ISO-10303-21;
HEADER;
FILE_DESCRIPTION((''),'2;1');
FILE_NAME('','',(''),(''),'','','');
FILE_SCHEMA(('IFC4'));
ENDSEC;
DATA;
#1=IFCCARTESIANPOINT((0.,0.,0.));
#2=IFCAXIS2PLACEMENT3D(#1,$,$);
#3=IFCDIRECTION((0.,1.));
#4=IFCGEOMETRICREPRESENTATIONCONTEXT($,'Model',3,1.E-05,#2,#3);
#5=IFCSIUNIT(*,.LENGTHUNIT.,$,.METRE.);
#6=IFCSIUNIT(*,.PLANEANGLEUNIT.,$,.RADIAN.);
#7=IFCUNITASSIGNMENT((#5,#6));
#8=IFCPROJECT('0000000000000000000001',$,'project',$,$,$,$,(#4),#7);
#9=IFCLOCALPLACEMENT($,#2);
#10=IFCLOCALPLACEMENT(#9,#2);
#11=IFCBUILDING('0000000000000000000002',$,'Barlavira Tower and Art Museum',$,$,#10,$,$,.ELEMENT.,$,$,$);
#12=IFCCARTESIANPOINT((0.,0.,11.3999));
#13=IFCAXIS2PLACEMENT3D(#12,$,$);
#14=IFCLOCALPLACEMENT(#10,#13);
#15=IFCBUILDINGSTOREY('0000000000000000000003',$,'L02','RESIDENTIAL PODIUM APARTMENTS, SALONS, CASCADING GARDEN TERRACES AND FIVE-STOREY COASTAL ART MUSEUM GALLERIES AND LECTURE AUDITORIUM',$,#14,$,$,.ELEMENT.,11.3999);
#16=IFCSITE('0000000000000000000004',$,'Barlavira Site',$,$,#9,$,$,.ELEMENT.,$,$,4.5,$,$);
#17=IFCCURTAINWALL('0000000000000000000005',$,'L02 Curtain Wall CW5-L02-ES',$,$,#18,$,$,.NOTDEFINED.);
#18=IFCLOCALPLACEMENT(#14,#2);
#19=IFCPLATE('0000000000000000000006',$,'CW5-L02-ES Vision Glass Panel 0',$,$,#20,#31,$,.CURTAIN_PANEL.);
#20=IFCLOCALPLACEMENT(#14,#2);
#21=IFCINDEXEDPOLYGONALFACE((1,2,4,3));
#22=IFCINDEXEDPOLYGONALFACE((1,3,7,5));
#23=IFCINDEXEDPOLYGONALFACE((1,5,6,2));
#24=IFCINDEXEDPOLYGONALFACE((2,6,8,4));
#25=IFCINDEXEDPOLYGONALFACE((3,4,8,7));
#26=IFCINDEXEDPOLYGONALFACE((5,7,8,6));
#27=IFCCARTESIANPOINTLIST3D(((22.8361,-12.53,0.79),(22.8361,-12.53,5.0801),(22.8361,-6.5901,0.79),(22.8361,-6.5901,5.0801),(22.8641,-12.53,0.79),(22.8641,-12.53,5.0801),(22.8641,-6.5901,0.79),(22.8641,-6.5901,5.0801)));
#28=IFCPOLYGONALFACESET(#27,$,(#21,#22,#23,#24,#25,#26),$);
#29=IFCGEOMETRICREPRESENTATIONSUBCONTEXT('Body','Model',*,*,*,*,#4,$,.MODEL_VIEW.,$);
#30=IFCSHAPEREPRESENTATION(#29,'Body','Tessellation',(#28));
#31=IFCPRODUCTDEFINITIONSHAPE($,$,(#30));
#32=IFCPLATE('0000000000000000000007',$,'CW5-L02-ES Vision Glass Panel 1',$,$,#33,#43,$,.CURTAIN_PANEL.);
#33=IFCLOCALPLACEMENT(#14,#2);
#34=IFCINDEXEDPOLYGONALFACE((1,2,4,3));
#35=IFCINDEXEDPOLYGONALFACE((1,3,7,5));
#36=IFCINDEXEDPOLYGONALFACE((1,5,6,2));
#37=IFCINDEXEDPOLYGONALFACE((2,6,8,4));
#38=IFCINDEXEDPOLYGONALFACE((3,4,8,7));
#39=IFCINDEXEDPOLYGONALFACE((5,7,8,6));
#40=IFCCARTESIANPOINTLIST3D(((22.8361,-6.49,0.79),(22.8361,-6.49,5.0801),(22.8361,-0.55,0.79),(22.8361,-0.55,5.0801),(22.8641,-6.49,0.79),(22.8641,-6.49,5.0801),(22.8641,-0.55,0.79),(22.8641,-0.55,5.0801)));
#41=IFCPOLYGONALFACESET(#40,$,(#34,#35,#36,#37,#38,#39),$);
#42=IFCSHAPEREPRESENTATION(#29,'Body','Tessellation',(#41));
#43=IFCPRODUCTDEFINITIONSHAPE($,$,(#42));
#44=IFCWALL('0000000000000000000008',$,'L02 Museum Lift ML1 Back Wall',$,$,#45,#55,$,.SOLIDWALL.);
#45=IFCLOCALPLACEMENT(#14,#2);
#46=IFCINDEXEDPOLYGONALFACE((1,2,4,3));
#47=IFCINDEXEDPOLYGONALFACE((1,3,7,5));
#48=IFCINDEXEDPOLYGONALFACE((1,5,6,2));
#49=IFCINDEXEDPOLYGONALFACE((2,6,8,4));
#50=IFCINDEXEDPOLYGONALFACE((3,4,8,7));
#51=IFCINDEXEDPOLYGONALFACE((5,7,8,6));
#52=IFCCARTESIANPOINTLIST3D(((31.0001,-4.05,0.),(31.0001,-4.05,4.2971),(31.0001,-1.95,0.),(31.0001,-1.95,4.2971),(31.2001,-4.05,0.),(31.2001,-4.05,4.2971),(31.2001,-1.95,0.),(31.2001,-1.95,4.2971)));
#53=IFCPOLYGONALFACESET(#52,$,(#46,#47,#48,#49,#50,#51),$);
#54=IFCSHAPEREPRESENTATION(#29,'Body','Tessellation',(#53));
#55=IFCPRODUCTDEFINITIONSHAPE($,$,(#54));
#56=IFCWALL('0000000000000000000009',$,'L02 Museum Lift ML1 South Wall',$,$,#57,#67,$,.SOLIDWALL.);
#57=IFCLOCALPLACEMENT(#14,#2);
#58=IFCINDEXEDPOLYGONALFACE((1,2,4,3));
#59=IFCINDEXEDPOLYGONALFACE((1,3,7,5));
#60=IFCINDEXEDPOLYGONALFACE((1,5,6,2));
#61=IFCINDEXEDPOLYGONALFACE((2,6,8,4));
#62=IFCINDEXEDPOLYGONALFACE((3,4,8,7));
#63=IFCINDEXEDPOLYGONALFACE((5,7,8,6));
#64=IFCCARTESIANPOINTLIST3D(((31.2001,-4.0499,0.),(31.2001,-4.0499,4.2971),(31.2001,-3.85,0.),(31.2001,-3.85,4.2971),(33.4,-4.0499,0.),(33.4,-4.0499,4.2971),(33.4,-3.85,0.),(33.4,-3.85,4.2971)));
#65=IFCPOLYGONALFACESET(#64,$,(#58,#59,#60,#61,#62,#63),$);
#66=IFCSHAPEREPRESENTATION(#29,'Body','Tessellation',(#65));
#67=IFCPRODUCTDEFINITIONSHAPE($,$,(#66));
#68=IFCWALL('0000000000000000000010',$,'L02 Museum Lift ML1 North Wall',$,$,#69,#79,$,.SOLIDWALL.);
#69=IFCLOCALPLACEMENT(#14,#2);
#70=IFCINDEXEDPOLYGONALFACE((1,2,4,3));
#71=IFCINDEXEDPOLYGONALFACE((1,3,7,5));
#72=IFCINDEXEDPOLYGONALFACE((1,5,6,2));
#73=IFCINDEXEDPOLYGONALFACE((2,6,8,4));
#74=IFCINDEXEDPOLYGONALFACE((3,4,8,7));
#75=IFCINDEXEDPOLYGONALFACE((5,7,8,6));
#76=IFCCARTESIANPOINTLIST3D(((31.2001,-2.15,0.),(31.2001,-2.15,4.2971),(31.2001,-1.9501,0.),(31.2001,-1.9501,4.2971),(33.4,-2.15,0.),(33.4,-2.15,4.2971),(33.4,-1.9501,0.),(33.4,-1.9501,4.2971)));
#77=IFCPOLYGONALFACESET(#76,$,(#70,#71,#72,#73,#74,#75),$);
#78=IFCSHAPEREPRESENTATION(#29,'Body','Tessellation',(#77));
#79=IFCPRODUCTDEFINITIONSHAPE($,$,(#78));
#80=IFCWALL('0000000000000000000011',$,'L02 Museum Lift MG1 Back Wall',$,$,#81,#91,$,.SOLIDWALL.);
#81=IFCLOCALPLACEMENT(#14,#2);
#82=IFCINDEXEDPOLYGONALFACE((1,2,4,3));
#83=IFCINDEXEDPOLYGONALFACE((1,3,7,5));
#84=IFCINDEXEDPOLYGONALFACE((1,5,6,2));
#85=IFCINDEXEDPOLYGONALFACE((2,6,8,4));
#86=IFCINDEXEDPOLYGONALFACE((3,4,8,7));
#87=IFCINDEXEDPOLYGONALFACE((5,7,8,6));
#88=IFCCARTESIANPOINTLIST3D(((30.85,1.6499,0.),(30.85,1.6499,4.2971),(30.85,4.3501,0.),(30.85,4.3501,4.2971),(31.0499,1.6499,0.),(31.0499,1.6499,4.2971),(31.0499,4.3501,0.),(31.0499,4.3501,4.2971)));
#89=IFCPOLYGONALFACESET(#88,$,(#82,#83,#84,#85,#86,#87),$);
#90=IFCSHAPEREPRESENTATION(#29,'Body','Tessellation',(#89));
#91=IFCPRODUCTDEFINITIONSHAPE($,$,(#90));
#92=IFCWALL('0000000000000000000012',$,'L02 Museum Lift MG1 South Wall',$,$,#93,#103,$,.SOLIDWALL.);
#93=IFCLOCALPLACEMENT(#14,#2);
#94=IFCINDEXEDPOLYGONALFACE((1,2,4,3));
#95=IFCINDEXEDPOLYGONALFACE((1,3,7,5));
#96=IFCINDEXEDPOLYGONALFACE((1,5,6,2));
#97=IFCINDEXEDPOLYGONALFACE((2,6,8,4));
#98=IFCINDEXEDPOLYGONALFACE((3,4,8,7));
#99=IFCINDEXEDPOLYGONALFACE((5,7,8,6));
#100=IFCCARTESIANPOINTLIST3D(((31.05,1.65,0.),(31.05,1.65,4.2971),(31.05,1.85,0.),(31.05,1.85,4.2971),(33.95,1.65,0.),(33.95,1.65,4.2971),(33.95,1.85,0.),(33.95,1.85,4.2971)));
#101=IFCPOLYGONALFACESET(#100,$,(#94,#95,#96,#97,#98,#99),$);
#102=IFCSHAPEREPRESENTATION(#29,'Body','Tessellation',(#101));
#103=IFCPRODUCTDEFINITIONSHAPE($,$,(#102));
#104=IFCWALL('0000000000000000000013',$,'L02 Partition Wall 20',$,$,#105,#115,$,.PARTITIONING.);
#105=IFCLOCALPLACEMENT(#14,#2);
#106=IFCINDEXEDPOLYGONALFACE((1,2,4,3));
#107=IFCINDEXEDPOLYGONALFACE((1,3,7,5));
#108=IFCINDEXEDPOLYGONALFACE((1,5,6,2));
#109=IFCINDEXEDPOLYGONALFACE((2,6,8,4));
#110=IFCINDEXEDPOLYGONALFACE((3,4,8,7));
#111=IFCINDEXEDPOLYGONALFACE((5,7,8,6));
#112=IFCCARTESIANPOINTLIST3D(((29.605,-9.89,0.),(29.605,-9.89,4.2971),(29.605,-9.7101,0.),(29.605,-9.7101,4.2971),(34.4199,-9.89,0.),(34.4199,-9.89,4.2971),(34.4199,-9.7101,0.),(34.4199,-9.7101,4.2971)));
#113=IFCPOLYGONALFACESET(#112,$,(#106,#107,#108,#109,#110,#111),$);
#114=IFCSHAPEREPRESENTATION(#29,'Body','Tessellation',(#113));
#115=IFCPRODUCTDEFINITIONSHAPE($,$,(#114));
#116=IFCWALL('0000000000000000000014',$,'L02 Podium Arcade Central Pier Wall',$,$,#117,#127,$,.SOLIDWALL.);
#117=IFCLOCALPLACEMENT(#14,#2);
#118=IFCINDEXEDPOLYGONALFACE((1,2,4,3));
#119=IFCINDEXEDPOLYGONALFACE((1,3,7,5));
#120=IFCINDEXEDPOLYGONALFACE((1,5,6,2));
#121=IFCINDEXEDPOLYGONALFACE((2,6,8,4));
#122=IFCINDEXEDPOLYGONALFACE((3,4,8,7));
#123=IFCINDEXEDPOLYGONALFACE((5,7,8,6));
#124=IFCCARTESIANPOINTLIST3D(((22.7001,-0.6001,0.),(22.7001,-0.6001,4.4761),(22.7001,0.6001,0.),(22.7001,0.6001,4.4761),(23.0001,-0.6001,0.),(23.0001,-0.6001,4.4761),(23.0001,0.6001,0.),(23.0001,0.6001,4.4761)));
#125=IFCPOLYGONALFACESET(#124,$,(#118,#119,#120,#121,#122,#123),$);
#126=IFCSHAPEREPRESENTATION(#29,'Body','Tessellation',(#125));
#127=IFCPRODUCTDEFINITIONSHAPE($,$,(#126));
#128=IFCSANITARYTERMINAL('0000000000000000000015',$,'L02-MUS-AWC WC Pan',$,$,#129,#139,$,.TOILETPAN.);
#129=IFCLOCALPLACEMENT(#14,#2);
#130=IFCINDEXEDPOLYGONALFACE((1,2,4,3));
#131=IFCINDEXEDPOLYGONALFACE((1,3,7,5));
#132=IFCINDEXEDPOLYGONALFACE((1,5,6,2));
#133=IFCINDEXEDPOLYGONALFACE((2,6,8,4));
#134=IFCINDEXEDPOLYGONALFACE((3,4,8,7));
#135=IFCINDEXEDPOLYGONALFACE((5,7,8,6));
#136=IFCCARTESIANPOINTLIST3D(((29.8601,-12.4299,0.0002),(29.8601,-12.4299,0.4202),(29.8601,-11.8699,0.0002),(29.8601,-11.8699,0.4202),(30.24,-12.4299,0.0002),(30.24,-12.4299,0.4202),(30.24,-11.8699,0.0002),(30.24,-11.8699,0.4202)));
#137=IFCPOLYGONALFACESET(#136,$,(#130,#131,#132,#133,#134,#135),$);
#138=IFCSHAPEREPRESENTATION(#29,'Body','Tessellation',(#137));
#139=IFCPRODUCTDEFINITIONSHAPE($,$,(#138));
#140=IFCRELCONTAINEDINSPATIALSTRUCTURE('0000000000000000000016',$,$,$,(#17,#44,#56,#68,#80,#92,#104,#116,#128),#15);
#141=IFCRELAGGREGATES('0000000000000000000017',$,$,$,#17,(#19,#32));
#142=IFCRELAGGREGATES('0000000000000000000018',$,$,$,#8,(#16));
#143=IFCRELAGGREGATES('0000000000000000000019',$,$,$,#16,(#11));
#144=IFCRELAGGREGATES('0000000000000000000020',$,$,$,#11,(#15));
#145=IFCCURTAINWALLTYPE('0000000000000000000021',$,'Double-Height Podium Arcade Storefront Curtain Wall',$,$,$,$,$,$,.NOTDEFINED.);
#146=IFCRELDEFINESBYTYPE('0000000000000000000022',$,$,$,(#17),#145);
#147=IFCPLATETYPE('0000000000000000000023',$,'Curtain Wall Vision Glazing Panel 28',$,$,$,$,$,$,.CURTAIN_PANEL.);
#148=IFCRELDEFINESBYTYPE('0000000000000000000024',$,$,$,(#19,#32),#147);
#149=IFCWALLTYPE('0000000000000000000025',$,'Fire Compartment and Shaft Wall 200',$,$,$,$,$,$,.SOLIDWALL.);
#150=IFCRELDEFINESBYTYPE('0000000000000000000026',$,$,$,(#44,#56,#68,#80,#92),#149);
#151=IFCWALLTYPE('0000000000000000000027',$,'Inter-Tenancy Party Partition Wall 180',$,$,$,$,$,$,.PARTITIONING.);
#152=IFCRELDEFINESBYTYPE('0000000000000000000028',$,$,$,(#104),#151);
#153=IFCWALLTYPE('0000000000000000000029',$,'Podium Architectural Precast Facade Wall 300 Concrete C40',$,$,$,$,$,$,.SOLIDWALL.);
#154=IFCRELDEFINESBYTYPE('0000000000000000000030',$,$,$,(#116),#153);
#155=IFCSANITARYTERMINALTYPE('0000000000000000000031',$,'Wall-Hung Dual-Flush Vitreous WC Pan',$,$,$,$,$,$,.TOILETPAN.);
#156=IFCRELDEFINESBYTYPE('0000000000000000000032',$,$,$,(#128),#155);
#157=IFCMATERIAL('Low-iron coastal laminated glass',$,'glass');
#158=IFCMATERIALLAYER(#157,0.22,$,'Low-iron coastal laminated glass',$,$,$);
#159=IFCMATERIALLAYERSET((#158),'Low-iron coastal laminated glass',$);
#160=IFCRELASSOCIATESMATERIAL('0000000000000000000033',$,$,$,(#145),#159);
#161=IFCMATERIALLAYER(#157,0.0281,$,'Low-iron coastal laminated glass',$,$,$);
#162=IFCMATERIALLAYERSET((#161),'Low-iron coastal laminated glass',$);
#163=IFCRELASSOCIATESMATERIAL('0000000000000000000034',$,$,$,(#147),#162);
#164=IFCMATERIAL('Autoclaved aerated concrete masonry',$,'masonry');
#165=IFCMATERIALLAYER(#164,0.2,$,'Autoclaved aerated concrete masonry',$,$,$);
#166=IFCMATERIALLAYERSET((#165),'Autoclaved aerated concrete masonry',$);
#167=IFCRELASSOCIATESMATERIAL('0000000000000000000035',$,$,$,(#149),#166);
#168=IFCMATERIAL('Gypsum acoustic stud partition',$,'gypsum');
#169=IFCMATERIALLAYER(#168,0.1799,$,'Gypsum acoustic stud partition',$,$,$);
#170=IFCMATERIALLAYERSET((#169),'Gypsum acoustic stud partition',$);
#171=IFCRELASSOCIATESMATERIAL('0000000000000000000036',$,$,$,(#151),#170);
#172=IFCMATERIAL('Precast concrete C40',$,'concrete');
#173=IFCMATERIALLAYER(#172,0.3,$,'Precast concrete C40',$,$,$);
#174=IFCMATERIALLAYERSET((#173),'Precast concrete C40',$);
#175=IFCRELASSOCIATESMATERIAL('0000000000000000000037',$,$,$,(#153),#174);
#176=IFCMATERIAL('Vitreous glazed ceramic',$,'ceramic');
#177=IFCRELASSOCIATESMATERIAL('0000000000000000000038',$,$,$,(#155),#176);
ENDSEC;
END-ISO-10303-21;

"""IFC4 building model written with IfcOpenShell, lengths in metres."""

from ifc_helpers import new_model, si_unit, direction, frame, frame_2d, origin, origin_2d, place, context, subcontext, project, spatial, rectangle, extrude, material, layer, layer_set, type_object, element, aggregate, save


model = new_model("IFC4")

# Units and contexts
model_context = context("Model", 3, precision=1e-05, world=origin(), true_north=direction((0.0, 1.0)))
body_context = subcontext(model_context, "Body", "Model", "MODEL_VIEW")
ifc_project = project(units=[si_unit("LENGTHUNIT", "METRE"), si_unit("PLANEANGLEUNIT", "RADIAN")], contexts=[model_context])

# Site, building, storey
site_placement = place(None, origin())
site = spatial("IfcSite", under=ifc_project, at=site_placement, Name="Barlavira Site", CompositionType="ELEMENT", RefElevation=4.5)
building_placement = place(site_placement, origin())
building = spatial("IfcBuilding", under=site, at=building_placement, Name="Barlavira Tower and Art Museum", CompositionType="ELEMENT")
storey_placement = place(building_placement, frame((0.0, 0.0, 11.3999)))
storey = spatial("IfcBuildingStorey", under=building, at=storey_placement, Name="L02", Description="RESIDENTIAL PODIUM APARTMENTS, SALONS, CASCADING GARDEN TERRACES AND FIVE-STOREY COASTAL ART MUSEUM GALLERIES AND LECTURE AUDITORIUM", CompositionType="ELEMENT", Elevation=11.3999)

# Curtain wall
ifc_material_1 = material(Name="Low-iron coastal laminated glass", Category="glass")
ifc_layer_1 = layer(ifc_material_1, 0.22, Name="Low-iron coastal laminated glass")
ifc_layer_set_1 = layer_set([ifc_layer_1], Name="Low-iron coastal laminated glass")
curtain_wall_type = type_object("IfcCurtainWallType", Name="Double-Height Podium Arcade Storefront Curtain Wall", PredefinedType="NOTDEFINED", material=ifc_layer_set_1)
curtain_wall_1_placement = place(storey_placement, origin())
curtain_wall_1 = element("IfcCurtainWall", 1, at=curtain_wall_1_placement, inside=storey, type_object=curtain_wall_type, Name="L02 Curtain Wall CW5-L02-ES", PredefinedType="NOTDEFINED")

# Plates
ifc_layer_2 = layer(ifc_material_1, 0.0281, Name="Low-iron coastal laminated glass")
ifc_layer_set_2 = layer_set([ifc_layer_2], Name="Low-iron coastal laminated glass")
plate_type_1 = type_object("IfcPlateType", Name="Curtain Wall Vision Glazing Panel 28", PredefinedType="CURTAIN_PANEL", material=ifc_layer_set_2)
plate_1_placement = place(storey_placement, frame((22.8501, -9.5601, 0.79), z_axis=(0.0, 0.0, 1.0), x_axis=(0.0, 1.0, 0.0)))
plate_1 = element("IfcPlate", 2, at=plate_1_placement, type_object=plate_type_1, Name="CW5-L02-ES Vision Glass Panel 0", PredefinedType="CURTAIN_PANEL", context=body_context, shape_type="SweptSolid", body=[
    extrude(rectangle(XDim=5.9399, YDim=0.0281, at=origin_2d()), origin(), (0.0, 0.0, 1.0), 4.29),
])
plate_2_placement = place(storey_placement, frame((22.8501, -3.52, 0.79), z_axis=(0.0, 0.0, 1.0), x_axis=(0.0, 1.0, 0.0)))
plate_2 = element("IfcPlate", 3, at=plate_2_placement, type_object=plate_type_1, Name="CW5-L02-ES Vision Glass Panel 1", PredefinedType="CURTAIN_PANEL", context=body_context, shape_type="SweptSolid", body=[
    extrude(rectangle(XDim=5.9399, YDim=0.0281, at=origin_2d()), origin(), (0.0, 0.0, 1.0), 4.29),
])
aggregate(curtain_wall_1, [plate_1, plate_2])

# Walls
ifc_material_2 = material(Name="Autoclaved aerated concrete masonry", Category="masonry")
ifc_layer_3 = layer(ifc_material_2, 0.2, Name="Autoclaved aerated concrete masonry")
ifc_layer_set_3 = layer_set([ifc_layer_3], Name="Autoclaved aerated concrete masonry")
wall_type_1 = type_object("IfcWallType", Name="Fire Compartment and Shaft Wall 200", PredefinedType="SOLIDWALL", material=ifc_layer_set_3)
wall_1_placement = place(storey_placement, frame((31.1001, -4.05, 0.0), z_axis=(0.0, 0.0, 1.0), x_axis=(0.0, 1.0, 0.0)))
element("IfcWall", 4, at=wall_1_placement, inside=storey, type_object=wall_type_1, Name="L02 Museum Lift ML1 Back Wall", PredefinedType="SOLIDWALL", context=body_context, shape_type="SweptSolid", body=[
    extrude(rectangle(XDim=2.1001, YDim=0.2, at=frame_2d((1.05, 0.0))), origin(), (0.0, 0.0, 1.0), 4.2971),
])
for number, where, z_axis, x_axis, name in (
    (5, (31.2, -3.95, 0.0), (0.0, 0.0, 1.0), (1.0, 0.0, 0.0), "L02 Museum Lift ML1 South Wall"),
    (6, (31.2, -2.05, 0.0), (0.0, 0.0, 1.0), (1.0, 0.0, 0.0), "L02 Museum Lift ML1 North Wall"),
):
    element("IfcWall", number, at=place(storey_placement, frame(where, z_axis=z_axis, x_axis=x_axis)), inside=storey, type_object=wall_type_1, Name=name, PredefinedType="SOLIDWALL", context=body_context, shape_type="SweptSolid", body=[
        extrude(rectangle(XDim=2.2, YDim=0.2, at=frame_2d((1.1001, 0.0))), origin(), (0.0, 0.0, 1.0), 4.2971),
    ])
wall_2_placement = place(storey_placement, frame((30.95, 1.6499, 0.0), z_axis=(0.0, 0.0, 1.0), x_axis=(0.0, 1.0, 0.0)))
element("IfcWall", 7, at=wall_2_placement, inside=storey, type_object=wall_type_1, Name="L02 Museum Lift MG1 Back Wall", PredefinedType="SOLIDWALL", context=body_context, shape_type="SweptSolid", body=[
    extrude(rectangle(XDim=2.7002, YDim=0.2, at=frame_2d((1.3501, 0.0))), origin(), (0.0, 0.0, 1.0), 4.2971),
])
wall_3_placement = place(storey_placement, frame((31.05, 1.75, 0.0), z_axis=(0.0, 0.0, 1.0), x_axis=(1.0, 0.0, 0.0)))
element("IfcWall", 8, at=wall_3_placement, inside=storey, type_object=wall_type_1, Name="L02 Museum Lift MG1 South Wall", PredefinedType="SOLIDWALL", context=body_context, shape_type="SweptSolid", body=[
    extrude(rectangle(XDim=2.8999, YDim=0.2, at=frame_2d((1.45, 0.0))), origin(), (0.0, 0.0, 1.0), 4.2971),
])
ifc_material_3 = material(Name="Gypsum acoustic stud partition", Category="gypsum")
ifc_layer_4 = layer(ifc_material_3, 0.1799, Name="Gypsum acoustic stud partition")
ifc_layer_set_4 = layer_set([ifc_layer_4], Name="Gypsum acoustic stud partition")
wall_type_2 = type_object("IfcWallType", Name="Inter-Tenancy Party Partition Wall 180", PredefinedType="PARTITIONING", material=ifc_layer_set_4)
wall_4_placement = place(storey_placement, frame((29.605, -9.8, 0.0), z_axis=(0.0, 0.0, 1.0), x_axis=(1.0, 0.0, 0.0)))
element("IfcWall", 9, at=wall_4_placement, inside=storey, type_object=wall_type_2, Name="L02 Partition Wall 20", PredefinedType="PARTITIONING", context=body_context, shape_type="SweptSolid", body=[
    extrude(rectangle(XDim=4.8149, YDim=0.1799, at=frame_2d((2.4075, 0.0))), origin(), (0.0, 0.0, 1.0), 4.2971),
])
ifc_material_4 = material(Name="Precast concrete C40", Category="concrete")
ifc_layer_5 = layer(ifc_material_4, 0.3, Name="Precast concrete C40")
ifc_layer_set_5 = layer_set([ifc_layer_5], Name="Precast concrete C40")
wall_type_3 = type_object("IfcWallType", Name="Podium Architectural Precast Facade Wall 300 Concrete C40", PredefinedType="SOLIDWALL", material=ifc_layer_set_5)
wall_5_placement = place(storey_placement, frame((22.8501, -0.6001, 0.0), z_axis=(0.0, 0.0, 1.0), x_axis=(0.0, 1.0, 0.0)))
element("IfcWall", 10, at=wall_5_placement, inside=storey, type_object=wall_type_3, Name="L02 Podium Arcade Central Pier Wall", PredefinedType="SOLIDWALL", context=body_context, shape_type="SweptSolid", body=[
    extrude(rectangle(XDim=1.2002, YDim=0.3, at=frame_2d((0.6001, 0.0))), origin(), (0.0, 0.0, 1.0), 4.4761),
])

# Sanitary terminal
ifc_material_5 = material(Name="Vitreous glazed ceramic", Category="ceramic")
sanitary_terminal_type = type_object("IfcSanitaryTerminalType", Name="Wall-Hung Dual-Flush Vitreous WC Pan", PredefinedType="TOILETPAN", material=ifc_material_5)
sanitary_terminal_placement = place(storey_placement, frame((30.05, -12.1499, 0.0002), z_axis=(0.0, 0.0, 1.0), x_axis=(1.0, 0.0, 0.0)))
element("IfcSanitaryTerminal", 11, at=sanitary_terminal_placement, inside=storey, type_object=sanitary_terminal_type, Name="L02-MUS-AWC WC Pan", PredefinedType="TOILETPAN", context=body_context, shape_type="SweptSolid", body=[
    extrude(rectangle(XDim=0.3799, YDim=0.5601, at=origin_2d()), origin(), (0.0, 0.0, 1.0), 0.4199),
])

save(model, "model.ifc")
